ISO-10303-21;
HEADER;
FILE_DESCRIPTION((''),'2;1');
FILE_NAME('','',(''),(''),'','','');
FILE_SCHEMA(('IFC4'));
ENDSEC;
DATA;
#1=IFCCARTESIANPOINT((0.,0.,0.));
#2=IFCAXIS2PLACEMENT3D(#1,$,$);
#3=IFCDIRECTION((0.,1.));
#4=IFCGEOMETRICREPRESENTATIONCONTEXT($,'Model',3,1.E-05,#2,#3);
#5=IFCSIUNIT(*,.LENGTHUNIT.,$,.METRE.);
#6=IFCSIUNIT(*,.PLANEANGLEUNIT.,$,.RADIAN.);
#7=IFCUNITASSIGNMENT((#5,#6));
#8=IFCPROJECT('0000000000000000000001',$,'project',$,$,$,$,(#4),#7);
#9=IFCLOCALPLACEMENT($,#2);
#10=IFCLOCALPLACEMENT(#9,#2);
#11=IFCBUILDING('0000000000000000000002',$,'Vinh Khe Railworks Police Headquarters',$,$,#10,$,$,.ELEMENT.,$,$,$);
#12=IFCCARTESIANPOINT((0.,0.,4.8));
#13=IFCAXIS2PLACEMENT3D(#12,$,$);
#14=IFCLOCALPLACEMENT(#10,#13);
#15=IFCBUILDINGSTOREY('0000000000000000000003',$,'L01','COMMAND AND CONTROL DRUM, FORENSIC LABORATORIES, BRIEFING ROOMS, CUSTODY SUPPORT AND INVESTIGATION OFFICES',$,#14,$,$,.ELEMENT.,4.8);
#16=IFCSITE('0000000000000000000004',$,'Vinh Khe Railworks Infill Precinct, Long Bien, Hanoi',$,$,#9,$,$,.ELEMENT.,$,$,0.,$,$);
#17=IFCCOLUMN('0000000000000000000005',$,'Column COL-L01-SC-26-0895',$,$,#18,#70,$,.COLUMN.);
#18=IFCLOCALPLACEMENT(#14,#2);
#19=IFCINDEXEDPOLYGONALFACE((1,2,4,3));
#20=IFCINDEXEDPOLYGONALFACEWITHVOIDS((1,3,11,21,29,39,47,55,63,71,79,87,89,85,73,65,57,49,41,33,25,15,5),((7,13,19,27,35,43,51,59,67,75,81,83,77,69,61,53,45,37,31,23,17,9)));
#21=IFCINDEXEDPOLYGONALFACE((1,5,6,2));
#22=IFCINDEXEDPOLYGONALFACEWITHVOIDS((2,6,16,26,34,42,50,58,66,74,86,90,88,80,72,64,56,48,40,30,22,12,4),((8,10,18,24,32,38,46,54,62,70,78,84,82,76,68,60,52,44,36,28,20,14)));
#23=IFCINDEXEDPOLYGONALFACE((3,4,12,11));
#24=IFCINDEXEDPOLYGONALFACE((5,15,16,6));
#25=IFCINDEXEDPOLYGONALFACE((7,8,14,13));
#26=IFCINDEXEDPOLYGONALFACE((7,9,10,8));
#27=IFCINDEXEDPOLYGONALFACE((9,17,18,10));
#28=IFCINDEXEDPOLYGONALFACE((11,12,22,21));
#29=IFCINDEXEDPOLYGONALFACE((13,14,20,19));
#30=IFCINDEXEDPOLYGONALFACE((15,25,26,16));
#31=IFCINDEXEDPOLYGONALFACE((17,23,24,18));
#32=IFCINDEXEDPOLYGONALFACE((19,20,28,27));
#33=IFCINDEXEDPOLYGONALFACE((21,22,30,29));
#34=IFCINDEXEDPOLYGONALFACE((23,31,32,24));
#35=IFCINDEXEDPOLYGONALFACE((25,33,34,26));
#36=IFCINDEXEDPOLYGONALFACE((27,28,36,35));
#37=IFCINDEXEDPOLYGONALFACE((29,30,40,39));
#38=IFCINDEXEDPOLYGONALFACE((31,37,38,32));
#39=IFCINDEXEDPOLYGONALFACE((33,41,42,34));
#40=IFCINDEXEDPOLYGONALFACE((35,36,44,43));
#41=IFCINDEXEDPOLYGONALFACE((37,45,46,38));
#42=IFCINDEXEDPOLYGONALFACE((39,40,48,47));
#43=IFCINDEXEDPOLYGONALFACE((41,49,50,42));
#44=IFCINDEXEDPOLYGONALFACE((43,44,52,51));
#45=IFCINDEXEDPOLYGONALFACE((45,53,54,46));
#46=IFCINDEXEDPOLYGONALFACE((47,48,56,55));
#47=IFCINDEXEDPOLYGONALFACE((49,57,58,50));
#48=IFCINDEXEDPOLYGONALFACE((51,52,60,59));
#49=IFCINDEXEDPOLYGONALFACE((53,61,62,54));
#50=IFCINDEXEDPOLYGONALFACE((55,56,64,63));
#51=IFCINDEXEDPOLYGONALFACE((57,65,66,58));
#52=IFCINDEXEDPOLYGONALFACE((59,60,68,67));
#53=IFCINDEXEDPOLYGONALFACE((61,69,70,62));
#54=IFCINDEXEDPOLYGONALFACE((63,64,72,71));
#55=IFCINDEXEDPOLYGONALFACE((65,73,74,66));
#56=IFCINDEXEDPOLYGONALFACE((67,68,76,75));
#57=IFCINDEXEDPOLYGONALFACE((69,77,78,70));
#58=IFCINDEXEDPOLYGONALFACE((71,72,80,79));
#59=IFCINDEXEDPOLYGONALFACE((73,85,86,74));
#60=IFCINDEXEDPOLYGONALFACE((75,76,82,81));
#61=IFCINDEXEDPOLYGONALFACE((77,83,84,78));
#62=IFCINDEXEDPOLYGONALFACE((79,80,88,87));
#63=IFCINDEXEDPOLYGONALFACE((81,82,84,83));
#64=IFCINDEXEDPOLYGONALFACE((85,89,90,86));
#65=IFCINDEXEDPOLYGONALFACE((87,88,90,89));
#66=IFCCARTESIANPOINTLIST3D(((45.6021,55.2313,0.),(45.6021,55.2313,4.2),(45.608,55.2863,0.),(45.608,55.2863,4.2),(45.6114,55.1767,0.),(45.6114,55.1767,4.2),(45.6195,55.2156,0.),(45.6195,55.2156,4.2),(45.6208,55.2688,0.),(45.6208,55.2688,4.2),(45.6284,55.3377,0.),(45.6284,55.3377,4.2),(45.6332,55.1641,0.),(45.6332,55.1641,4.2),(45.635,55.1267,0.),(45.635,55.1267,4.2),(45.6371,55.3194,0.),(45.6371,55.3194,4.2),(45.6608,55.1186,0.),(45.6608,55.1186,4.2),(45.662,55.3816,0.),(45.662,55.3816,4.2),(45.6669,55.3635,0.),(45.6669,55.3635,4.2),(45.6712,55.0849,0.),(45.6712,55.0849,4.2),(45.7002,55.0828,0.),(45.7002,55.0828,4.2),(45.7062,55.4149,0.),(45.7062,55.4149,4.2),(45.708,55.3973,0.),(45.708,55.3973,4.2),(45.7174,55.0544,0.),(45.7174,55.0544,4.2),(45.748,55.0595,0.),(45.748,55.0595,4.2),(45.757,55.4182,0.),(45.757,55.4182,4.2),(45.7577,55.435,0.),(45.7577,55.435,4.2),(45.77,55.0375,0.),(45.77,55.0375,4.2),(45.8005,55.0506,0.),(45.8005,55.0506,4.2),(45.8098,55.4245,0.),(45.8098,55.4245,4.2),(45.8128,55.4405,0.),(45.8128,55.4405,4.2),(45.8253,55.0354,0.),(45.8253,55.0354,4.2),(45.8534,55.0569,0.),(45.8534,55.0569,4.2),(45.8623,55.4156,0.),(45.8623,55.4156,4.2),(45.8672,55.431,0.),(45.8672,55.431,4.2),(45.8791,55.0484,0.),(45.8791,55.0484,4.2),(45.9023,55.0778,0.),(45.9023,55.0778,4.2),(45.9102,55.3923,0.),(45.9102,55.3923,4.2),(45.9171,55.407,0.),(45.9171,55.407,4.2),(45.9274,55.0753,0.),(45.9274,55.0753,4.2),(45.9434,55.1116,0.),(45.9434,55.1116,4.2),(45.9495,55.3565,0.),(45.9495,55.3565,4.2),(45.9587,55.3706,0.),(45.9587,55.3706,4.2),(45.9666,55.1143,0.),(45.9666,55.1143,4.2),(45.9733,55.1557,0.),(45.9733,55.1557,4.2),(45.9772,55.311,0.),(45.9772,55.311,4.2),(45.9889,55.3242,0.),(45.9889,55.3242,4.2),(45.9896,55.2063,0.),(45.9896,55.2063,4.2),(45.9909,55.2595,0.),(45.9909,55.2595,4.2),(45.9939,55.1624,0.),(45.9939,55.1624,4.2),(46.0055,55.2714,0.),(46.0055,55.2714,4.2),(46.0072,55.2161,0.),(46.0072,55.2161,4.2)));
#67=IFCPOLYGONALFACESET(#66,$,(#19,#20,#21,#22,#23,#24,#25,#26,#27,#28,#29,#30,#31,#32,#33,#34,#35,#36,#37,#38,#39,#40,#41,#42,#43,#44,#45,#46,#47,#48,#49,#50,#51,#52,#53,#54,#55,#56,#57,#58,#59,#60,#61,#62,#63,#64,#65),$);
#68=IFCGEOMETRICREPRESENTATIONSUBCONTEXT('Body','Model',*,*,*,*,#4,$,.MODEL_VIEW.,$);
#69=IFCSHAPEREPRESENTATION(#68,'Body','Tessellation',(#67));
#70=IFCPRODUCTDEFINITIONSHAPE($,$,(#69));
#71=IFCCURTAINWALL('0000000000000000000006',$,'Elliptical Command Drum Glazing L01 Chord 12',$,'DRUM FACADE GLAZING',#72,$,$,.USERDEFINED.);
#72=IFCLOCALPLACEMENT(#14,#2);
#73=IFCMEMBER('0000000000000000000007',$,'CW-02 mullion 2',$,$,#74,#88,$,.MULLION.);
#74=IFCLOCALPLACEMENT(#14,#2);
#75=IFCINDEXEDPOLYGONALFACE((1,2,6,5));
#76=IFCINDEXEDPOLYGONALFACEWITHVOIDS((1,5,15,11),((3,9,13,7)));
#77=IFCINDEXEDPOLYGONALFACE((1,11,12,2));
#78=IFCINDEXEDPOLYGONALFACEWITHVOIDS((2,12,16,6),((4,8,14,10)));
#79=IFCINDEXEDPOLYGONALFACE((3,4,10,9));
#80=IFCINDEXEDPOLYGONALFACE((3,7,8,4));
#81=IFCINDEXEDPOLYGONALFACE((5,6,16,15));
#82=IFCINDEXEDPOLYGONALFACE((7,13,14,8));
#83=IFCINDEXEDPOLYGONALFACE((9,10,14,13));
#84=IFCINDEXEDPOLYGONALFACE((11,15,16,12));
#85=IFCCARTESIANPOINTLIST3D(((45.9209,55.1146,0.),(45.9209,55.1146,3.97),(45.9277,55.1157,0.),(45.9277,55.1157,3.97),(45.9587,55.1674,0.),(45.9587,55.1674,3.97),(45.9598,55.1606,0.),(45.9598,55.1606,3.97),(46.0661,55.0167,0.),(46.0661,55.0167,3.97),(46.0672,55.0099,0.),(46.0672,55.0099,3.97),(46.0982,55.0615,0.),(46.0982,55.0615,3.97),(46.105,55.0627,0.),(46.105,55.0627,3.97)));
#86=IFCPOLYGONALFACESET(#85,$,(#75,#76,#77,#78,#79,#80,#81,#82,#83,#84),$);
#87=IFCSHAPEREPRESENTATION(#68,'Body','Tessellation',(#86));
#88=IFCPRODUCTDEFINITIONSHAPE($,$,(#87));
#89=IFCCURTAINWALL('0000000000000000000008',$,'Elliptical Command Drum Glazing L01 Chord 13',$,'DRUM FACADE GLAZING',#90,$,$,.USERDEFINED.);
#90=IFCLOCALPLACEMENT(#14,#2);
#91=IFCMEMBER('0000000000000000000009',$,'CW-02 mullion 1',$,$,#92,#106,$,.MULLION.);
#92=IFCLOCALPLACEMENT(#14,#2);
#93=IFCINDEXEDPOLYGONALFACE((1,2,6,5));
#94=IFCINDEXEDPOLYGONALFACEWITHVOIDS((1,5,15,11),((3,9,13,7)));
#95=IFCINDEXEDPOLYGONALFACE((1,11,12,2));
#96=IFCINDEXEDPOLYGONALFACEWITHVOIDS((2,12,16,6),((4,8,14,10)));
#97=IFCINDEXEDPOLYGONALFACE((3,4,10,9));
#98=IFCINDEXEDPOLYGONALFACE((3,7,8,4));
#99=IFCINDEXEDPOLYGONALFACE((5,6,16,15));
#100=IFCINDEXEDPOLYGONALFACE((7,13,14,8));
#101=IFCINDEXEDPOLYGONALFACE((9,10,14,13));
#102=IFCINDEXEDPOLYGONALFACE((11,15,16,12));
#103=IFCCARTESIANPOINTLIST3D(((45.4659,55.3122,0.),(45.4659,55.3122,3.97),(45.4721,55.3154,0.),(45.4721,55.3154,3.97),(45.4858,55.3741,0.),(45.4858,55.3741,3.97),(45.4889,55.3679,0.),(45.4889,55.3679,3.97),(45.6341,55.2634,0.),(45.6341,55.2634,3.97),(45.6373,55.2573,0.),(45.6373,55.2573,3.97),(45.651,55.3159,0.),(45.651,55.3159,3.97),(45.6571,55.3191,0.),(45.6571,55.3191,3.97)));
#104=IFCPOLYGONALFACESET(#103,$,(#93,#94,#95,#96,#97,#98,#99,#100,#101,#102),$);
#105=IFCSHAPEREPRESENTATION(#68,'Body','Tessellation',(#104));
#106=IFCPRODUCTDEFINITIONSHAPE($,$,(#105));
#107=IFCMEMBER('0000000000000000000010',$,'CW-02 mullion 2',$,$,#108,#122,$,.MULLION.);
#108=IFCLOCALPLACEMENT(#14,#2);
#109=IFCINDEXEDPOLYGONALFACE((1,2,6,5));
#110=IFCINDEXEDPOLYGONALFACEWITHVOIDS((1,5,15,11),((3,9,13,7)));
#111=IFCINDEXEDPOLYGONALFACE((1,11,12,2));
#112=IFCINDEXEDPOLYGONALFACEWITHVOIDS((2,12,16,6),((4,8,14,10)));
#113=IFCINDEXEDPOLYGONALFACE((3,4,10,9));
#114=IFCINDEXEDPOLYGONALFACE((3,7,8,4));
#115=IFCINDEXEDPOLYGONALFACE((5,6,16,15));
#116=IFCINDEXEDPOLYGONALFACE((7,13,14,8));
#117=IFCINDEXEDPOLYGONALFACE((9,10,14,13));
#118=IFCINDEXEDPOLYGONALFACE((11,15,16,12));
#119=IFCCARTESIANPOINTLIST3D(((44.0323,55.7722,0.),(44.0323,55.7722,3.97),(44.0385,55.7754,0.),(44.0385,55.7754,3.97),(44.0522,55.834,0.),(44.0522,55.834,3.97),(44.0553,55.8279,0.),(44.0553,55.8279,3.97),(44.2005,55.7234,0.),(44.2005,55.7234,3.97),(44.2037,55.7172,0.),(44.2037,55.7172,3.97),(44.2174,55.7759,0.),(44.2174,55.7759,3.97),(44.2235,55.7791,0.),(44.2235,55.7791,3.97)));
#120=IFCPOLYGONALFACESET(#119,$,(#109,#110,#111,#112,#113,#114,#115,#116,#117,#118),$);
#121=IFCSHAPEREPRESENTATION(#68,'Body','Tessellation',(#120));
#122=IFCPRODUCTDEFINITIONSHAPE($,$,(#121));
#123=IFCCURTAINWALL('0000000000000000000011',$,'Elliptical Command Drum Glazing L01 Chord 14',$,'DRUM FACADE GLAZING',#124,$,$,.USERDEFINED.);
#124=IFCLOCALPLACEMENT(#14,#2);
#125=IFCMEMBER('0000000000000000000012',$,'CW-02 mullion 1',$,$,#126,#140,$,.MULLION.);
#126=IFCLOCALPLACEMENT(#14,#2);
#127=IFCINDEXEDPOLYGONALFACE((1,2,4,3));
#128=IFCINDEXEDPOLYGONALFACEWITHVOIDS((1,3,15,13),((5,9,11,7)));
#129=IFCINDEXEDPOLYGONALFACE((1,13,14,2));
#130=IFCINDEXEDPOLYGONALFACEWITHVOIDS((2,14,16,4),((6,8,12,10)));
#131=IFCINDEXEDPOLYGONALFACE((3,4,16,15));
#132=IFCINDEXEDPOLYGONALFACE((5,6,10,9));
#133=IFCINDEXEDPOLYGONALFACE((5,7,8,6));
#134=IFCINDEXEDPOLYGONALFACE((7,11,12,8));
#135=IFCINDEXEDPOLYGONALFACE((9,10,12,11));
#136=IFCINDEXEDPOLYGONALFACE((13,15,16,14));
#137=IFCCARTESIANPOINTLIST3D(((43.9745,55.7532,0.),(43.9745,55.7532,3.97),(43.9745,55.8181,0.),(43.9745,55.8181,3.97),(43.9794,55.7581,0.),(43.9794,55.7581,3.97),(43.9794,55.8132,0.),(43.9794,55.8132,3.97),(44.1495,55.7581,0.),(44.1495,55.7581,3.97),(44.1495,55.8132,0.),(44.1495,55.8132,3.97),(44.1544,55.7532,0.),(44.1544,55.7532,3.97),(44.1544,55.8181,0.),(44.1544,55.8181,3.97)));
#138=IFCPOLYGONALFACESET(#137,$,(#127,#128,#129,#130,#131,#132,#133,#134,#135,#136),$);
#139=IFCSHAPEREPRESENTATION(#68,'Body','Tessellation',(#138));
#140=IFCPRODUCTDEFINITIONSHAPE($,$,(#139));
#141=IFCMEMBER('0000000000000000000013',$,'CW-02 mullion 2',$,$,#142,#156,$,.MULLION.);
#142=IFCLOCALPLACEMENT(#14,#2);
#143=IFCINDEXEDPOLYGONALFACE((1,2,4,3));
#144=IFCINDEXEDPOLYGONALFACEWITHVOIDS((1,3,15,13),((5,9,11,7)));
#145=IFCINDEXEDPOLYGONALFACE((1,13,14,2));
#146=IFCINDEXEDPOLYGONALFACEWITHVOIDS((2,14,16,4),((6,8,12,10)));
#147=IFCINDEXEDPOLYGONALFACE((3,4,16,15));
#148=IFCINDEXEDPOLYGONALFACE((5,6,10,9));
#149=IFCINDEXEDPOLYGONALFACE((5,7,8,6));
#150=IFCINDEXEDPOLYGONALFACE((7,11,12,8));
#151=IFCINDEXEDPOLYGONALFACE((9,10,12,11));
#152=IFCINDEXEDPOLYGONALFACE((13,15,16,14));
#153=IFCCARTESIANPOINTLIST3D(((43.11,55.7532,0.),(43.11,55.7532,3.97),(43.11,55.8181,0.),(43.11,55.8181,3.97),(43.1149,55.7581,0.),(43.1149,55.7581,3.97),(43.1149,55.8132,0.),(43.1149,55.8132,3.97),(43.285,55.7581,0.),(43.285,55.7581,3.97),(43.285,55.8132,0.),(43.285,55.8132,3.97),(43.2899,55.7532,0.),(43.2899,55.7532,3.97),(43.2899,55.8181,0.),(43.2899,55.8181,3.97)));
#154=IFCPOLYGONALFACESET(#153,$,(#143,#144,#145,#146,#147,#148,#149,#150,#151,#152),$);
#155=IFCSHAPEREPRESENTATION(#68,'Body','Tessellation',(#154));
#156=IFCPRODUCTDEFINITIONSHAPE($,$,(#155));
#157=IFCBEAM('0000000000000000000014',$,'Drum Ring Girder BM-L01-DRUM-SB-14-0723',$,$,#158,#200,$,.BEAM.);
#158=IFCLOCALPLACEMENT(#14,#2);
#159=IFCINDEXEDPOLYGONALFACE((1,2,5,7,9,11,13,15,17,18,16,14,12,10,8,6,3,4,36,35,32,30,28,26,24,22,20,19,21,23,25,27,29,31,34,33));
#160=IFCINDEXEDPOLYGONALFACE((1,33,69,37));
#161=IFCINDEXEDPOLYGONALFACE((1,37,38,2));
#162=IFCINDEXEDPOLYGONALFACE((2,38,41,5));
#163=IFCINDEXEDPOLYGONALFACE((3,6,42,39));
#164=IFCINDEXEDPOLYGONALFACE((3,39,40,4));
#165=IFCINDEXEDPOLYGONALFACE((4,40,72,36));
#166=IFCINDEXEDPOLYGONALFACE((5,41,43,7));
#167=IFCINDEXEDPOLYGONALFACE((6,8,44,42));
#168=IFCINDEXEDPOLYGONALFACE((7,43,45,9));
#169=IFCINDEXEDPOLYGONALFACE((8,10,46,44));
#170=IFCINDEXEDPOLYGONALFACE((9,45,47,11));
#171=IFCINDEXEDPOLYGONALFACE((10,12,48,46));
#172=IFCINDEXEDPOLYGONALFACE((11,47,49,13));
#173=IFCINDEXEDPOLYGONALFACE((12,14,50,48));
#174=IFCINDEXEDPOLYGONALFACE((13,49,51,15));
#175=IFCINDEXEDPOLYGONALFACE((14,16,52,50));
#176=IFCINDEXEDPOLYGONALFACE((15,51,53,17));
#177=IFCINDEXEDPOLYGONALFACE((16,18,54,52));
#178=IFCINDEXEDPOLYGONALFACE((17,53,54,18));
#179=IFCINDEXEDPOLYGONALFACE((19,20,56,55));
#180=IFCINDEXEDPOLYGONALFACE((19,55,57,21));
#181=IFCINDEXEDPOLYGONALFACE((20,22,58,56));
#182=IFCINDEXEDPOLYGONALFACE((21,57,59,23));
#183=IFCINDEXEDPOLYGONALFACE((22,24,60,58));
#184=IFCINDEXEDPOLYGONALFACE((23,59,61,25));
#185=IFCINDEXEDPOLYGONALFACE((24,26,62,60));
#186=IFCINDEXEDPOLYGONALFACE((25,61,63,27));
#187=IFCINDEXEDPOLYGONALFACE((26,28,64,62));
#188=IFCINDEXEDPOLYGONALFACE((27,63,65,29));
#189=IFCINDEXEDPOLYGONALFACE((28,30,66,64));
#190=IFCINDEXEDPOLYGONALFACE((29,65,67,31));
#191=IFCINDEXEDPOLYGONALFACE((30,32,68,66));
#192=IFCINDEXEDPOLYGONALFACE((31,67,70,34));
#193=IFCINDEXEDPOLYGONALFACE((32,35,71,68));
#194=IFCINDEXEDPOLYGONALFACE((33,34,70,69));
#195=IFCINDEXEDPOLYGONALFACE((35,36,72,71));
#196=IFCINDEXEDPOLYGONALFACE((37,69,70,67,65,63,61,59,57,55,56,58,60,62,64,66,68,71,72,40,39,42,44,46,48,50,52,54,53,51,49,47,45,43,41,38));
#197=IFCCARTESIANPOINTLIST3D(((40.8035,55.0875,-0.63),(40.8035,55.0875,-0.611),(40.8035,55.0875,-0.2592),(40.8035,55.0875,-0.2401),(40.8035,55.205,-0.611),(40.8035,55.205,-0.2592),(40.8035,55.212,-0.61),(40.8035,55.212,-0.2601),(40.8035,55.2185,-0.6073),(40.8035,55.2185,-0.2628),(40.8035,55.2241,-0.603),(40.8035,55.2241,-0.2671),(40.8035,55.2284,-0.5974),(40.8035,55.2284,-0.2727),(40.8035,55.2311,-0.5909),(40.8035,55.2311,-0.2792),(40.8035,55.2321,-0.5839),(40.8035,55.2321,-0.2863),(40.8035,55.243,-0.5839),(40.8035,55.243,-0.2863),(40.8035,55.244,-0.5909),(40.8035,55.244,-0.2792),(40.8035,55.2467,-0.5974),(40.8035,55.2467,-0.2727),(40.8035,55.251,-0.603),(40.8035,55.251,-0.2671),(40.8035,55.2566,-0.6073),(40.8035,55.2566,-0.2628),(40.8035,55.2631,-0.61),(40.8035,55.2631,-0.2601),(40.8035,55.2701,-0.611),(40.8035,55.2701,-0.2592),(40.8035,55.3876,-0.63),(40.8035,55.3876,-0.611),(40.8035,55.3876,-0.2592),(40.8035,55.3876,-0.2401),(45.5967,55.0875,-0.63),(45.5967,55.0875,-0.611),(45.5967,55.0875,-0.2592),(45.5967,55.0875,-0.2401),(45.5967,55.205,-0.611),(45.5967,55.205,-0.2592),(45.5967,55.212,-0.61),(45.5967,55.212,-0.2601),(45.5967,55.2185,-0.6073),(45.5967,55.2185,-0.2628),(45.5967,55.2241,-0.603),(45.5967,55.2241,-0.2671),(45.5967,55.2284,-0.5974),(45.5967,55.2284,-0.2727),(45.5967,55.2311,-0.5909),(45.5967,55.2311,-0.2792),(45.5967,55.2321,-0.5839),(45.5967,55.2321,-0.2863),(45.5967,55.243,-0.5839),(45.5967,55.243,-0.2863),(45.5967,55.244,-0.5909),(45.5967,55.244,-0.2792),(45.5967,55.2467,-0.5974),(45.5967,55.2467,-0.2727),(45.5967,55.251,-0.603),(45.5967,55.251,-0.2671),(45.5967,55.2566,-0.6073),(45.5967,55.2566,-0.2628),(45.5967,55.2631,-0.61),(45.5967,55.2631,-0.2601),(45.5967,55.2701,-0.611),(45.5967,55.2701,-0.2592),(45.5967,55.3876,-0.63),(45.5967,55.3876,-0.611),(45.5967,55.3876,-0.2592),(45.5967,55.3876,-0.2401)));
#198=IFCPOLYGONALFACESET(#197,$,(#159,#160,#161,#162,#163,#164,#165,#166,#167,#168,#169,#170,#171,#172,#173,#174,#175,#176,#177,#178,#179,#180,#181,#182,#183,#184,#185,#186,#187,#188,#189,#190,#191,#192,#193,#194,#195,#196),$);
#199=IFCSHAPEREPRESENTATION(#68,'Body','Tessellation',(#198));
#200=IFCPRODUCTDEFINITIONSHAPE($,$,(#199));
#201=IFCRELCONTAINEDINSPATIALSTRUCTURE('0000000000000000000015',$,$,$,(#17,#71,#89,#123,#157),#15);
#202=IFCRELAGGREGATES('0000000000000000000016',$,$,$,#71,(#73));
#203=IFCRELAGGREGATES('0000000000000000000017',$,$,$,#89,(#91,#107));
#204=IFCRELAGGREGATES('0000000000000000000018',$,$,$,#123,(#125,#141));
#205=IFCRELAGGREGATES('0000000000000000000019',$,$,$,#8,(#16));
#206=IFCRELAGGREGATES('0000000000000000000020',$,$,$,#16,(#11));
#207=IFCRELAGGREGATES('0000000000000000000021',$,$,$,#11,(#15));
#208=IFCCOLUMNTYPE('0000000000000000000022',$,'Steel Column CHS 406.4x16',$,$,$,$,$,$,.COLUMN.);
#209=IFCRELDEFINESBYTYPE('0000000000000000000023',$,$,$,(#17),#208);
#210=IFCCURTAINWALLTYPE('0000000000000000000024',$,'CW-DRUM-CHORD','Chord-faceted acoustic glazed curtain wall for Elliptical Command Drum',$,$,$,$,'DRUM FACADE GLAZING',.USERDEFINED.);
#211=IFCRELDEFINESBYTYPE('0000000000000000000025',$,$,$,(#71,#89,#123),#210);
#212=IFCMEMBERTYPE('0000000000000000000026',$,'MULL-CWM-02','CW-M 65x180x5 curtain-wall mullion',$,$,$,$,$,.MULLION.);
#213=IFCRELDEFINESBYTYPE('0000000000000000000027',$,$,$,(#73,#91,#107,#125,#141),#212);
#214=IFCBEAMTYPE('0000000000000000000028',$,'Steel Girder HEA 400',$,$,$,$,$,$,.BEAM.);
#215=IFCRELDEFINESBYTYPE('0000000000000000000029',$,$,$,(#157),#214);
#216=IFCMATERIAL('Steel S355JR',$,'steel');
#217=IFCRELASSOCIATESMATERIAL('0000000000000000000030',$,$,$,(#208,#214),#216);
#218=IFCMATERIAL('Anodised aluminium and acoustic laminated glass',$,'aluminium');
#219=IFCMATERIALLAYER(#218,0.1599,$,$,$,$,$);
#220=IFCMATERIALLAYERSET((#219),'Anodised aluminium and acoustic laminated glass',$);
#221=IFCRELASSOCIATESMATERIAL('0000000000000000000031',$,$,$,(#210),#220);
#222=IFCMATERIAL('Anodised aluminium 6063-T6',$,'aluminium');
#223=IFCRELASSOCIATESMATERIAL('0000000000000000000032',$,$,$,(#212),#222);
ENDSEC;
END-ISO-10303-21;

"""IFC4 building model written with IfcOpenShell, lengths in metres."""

from ifc_helpers import new_model, si_unit, direction, frame, origin, origin_2d, place, context, subcontext, project, spatial, hollow_rectangle, hollow_circle, i_section, extrude, material, layer, layer_set, material_profile, profile_set, type_object, element, aggregate, save


model = new_model("IFC4")

# Units and contexts
model_context = context("Model", 3, precision=1e-05, world=origin(), true_north=direction((0.0, 1.0)))
body_context = subcontext(model_context, "Body", "Model", "MODEL_VIEW")
ifc_project = project(units=[si_unit("LENGTHUNIT", "METRE"), si_unit("PLANEANGLEUNIT", "RADIAN")], contexts=[model_context])

# Site, building, storey
site_placement = place(None, origin())
site = spatial("IfcSite", under=ifc_project, at=site_placement, Name="Vinh Khe Railworks Infill Precinct, Long Bien, Hanoi", CompositionType="ELEMENT", RefElevation=0.0)
building_placement = place(site_placement, origin())
building = spatial("IfcBuilding", under=site, at=building_placement, Name="Vinh Khe Railworks Police Headquarters", CompositionType="ELEMENT")
storey_placement = place(building_placement, frame((0.0, 0.0, 4.8)))
storey = spatial("IfcBuildingStorey", under=building, at=storey_placement, Name="L01", Description="COMMAND AND CONTROL DRUM, FORENSIC LABORATORIES, BRIEFING ROOMS, CUSTODY SUPPORT AND INVESTIGATION OFFICES", CompositionType="ELEMENT", Elevation=4.8)

# Column
ifc_material_1 = material(Name="Steel S355JR", Category="steel")
ifc_material_profile_1 = material_profile(ifc_material_1, hollow_circle(Radius=0.2031, WallThickness=0.0161, at=origin_2d()), Name="CHS 406.4x16")
ifc_profile_set_1 = profile_set([ifc_material_profile_1], Name="Steel S355JR")
column_type = type_object("IfcColumnType", Name="Steel Column CHS 406.4x16", PredefinedType="COLUMN", material=ifc_profile_set_1)
column_placement = place(storey_placement, frame((45.8052, 55.2375, 0.0), z_axis=(0.0, 0.0, 1.0), x_axis=(0.305529, 0.952183, 0.0)))
element("IfcColumn", 1, at=column_placement, inside=storey, type_object=column_type, Name="Column COL-L01-SC-26-0895", PredefinedType="COLUMN", context=body_context, shape_type="SweptSolid", body=[
    extrude(hollow_circle(Radius=0.2031, WallThickness=0.0161, at=origin_2d()), origin(), (0.0, 0.0, 1.0), 4.2),
])

# Curtain wall, member
ifc_material_2 = material(Name="Anodised aluminium and acoustic laminated glass", Category="aluminium")
ifc_layer_1 = layer(ifc_material_2, 0.1599)
ifc_layer_set_1 = layer_set([ifc_layer_1], Name="Anodised aluminium and acoustic laminated glass")
curtain_wall_type = type_object("IfcCurtainWallType", Name="CW-DRUM-CHORD", Description="Chord-faceted acoustic glazed curtain wall for Elliptical Command Drum", ElementType="DRUM FACADE GLAZING", PredefinedType="USERDEFINED", material=ifc_layer_set_1)
curtain_wall_1_placement = place(storey_placement, origin())
curtain_wall_1 = element("IfcCurtainWall", 2, at=curtain_wall_1_placement, inside=storey, type_object=curtain_wall_type, Name="Elliptical Command Drum Glazing L01 Chord 12", ObjectType="DRUM FACADE GLAZING", PredefinedType="USERDEFINED")
ifc_material_3 = material(Name="Anodised aluminium 6063-T6", Category="aluminium")
ifc_material_profile_2 = material_profile(ifc_material_3, hollow_rectangle(XDim=0.0649, YDim=0.1799, WallThickness=0.0049, at=origin_2d()), Name="CW-M 65x180x5")
ifc_profile_set_2 = profile_set([ifc_material_profile_2], Name="Anodised aluminium 6063-T6")
member_type_1 = type_object("IfcMemberType", Name="MULL-CWM-02", Description="CW-M 65x180x5 curtain-wall mullion", PredefinedType="MULLION", material=ifc_profile_set_2)
member_1_placement = place(storey_placement, frame((46.0129, 55.0886, 0.0), z_axis=(0.0, 0.0, 1.0), x_axis=(-0.581917, -0.813248, 0.0)))
member_1 = element("IfcMember", 3, at=member_1_placement, type_object=member_type_1, Name="CW-02 mullion 2", PredefinedType="MULLION", context=body_context, shape_type="SweptSolid", body=[
    extrude(hollow_rectangle(XDim=0.0649, YDim=0.1799, WallThickness=0.0049, at=origin_2d()), origin(), (0.0, 0.0, 1.0), 3.97),
])
aggregate(curtain_wall_1, [member_1])

# Curtain walls, members
curtain_wall_2_placement = place(storey_placement, origin())
curtain_wall_2 = element("IfcCurtainWall", 4, at=curtain_wall_2_placement, inside=storey, type_object=curtain_wall_type, Name="Elliptical Command Drum Glazing L01 Chord 13", ObjectType="DRUM FACADE GLAZING", PredefinedType="USERDEFINED")
member_2_placement = place(storey_placement, frame((45.5615, 55.3157, 0.0), z_axis=(0.0, 0.0, 1.0), x_axis=(-0.305575, -0.952168, 0.0)))
member_2 = element("IfcMember", 5, at=member_2_placement, type_object=member_type_1, Name="CW-02 mullion 1", PredefinedType="MULLION", context=body_context, shape_type="SweptSolid", body=[
    extrude(hollow_rectangle(XDim=0.0649, YDim=0.1799, WallThickness=0.0049, at=origin_2d()), origin(), (0.0, 0.0, 1.0), 3.97),
])
member_3_placement = place(storey_placement, frame((44.1279, 55.7756, 0.0), z_axis=(0.0, 0.0, 1.0), x_axis=(-0.305575, -0.952168, 0.0)))
member_3 = element("IfcMember", 6, at=member_3_placement, type_object=member_type_1, Name="CW-02 mullion 2", PredefinedType="MULLION", context=body_context, shape_type="SweptSolid", body=[
    extrude(hollow_rectangle(XDim=0.0649, YDim=0.1799, WallThickness=0.0049, at=origin_2d()), origin(), (0.0, 0.0, 1.0), 3.97),
])
curtain_wall_3_placement = place(storey_placement, origin())
curtain_wall_3 = element("IfcCurtainWall", 7, at=curtain_wall_3_placement, inside=storey, type_object=curtain_wall_type, Name="Elliptical Command Drum Glazing L01 Chord 14", ObjectType="DRUM FACADE GLAZING", PredefinedType="USERDEFINED")
member_4_placement = place(storey_placement, frame((44.0645, 55.7856, 0.0), z_axis=(0.0, 0.0, 1.0), x_axis=(0.0, -1.0, 0.0)))
member_4 = element("IfcMember", 8, at=member_4_placement, type_object=member_type_1, Name="CW-02 mullion 1", PredefinedType="MULLION", context=body_context, shape_type="SweptSolid", body=[
    extrude(hollow_rectangle(XDim=0.0649, YDim=0.1799, WallThickness=0.0049, at=origin_2d()), origin(), (0.0, 0.0, 1.0), 3.97),
])
member_5_placement = place(storey_placement, frame((43.2, 55.7856, 0.0), z_axis=(0.0, 0.0, 1.0), x_axis=(0.0, -1.0, 0.0)))
member_5 = element("IfcMember", 9, at=member_5_placement, type_object=member_type_1, Name="CW-02 mullion 2", PredefinedType="MULLION", context=body_context, shape_type="SweptSolid", body=[
    extrude(hollow_rectangle(XDim=0.0649, YDim=0.1799, WallThickness=0.0049, at=origin_2d()), origin(), (0.0, 0.0, 1.0), 3.97),
])

# Beam
ifc_material_profile_3 = material_profile(ifc_material_1, i_section(OverallWidth=0.3, OverallDepth=0.3899, WebThickness=0.011, FlangeThickness=0.019, FilletRadius=0.0271, at=origin_2d()), Name="HEA 400")
ifc_profile_set_3 = profile_set([ifc_material_profile_3], Name="Steel S355JR")
beam_type = type_object("IfcBeamType", Name="Steel Girder HEA 400", PredefinedType="BEAM", material=ifc_profile_set_3)
beam_placement = place(storey_placement, frame((45.5967, 55.2375, -0.4351), z_axis=(-1.0, 0.0, 0.0), x_axis=(0.0, -1.0, 0.0)))
element("IfcBeam", 10, at=beam_placement, inside=storey, type_object=beam_type, Name="Drum Ring Girder BM-L01-DRUM-SB-14-0723", PredefinedType="BEAM", context=body_context, shape_type="SweptSolid", body=[
    extrude(i_section(OverallWidth=0.3, OverallDepth=0.3899, WebThickness=0.011, FlangeThickness=0.019, FilletRadius=0.0271, at=origin_2d()), origin(), (0.0, 0.0, 1.0), 4.7932),
])

aggregate(curtain_wall_2, [member_2, member_3])
aggregate(curtain_wall_3, [member_4, member_5])

save(model, "model.ifc")
